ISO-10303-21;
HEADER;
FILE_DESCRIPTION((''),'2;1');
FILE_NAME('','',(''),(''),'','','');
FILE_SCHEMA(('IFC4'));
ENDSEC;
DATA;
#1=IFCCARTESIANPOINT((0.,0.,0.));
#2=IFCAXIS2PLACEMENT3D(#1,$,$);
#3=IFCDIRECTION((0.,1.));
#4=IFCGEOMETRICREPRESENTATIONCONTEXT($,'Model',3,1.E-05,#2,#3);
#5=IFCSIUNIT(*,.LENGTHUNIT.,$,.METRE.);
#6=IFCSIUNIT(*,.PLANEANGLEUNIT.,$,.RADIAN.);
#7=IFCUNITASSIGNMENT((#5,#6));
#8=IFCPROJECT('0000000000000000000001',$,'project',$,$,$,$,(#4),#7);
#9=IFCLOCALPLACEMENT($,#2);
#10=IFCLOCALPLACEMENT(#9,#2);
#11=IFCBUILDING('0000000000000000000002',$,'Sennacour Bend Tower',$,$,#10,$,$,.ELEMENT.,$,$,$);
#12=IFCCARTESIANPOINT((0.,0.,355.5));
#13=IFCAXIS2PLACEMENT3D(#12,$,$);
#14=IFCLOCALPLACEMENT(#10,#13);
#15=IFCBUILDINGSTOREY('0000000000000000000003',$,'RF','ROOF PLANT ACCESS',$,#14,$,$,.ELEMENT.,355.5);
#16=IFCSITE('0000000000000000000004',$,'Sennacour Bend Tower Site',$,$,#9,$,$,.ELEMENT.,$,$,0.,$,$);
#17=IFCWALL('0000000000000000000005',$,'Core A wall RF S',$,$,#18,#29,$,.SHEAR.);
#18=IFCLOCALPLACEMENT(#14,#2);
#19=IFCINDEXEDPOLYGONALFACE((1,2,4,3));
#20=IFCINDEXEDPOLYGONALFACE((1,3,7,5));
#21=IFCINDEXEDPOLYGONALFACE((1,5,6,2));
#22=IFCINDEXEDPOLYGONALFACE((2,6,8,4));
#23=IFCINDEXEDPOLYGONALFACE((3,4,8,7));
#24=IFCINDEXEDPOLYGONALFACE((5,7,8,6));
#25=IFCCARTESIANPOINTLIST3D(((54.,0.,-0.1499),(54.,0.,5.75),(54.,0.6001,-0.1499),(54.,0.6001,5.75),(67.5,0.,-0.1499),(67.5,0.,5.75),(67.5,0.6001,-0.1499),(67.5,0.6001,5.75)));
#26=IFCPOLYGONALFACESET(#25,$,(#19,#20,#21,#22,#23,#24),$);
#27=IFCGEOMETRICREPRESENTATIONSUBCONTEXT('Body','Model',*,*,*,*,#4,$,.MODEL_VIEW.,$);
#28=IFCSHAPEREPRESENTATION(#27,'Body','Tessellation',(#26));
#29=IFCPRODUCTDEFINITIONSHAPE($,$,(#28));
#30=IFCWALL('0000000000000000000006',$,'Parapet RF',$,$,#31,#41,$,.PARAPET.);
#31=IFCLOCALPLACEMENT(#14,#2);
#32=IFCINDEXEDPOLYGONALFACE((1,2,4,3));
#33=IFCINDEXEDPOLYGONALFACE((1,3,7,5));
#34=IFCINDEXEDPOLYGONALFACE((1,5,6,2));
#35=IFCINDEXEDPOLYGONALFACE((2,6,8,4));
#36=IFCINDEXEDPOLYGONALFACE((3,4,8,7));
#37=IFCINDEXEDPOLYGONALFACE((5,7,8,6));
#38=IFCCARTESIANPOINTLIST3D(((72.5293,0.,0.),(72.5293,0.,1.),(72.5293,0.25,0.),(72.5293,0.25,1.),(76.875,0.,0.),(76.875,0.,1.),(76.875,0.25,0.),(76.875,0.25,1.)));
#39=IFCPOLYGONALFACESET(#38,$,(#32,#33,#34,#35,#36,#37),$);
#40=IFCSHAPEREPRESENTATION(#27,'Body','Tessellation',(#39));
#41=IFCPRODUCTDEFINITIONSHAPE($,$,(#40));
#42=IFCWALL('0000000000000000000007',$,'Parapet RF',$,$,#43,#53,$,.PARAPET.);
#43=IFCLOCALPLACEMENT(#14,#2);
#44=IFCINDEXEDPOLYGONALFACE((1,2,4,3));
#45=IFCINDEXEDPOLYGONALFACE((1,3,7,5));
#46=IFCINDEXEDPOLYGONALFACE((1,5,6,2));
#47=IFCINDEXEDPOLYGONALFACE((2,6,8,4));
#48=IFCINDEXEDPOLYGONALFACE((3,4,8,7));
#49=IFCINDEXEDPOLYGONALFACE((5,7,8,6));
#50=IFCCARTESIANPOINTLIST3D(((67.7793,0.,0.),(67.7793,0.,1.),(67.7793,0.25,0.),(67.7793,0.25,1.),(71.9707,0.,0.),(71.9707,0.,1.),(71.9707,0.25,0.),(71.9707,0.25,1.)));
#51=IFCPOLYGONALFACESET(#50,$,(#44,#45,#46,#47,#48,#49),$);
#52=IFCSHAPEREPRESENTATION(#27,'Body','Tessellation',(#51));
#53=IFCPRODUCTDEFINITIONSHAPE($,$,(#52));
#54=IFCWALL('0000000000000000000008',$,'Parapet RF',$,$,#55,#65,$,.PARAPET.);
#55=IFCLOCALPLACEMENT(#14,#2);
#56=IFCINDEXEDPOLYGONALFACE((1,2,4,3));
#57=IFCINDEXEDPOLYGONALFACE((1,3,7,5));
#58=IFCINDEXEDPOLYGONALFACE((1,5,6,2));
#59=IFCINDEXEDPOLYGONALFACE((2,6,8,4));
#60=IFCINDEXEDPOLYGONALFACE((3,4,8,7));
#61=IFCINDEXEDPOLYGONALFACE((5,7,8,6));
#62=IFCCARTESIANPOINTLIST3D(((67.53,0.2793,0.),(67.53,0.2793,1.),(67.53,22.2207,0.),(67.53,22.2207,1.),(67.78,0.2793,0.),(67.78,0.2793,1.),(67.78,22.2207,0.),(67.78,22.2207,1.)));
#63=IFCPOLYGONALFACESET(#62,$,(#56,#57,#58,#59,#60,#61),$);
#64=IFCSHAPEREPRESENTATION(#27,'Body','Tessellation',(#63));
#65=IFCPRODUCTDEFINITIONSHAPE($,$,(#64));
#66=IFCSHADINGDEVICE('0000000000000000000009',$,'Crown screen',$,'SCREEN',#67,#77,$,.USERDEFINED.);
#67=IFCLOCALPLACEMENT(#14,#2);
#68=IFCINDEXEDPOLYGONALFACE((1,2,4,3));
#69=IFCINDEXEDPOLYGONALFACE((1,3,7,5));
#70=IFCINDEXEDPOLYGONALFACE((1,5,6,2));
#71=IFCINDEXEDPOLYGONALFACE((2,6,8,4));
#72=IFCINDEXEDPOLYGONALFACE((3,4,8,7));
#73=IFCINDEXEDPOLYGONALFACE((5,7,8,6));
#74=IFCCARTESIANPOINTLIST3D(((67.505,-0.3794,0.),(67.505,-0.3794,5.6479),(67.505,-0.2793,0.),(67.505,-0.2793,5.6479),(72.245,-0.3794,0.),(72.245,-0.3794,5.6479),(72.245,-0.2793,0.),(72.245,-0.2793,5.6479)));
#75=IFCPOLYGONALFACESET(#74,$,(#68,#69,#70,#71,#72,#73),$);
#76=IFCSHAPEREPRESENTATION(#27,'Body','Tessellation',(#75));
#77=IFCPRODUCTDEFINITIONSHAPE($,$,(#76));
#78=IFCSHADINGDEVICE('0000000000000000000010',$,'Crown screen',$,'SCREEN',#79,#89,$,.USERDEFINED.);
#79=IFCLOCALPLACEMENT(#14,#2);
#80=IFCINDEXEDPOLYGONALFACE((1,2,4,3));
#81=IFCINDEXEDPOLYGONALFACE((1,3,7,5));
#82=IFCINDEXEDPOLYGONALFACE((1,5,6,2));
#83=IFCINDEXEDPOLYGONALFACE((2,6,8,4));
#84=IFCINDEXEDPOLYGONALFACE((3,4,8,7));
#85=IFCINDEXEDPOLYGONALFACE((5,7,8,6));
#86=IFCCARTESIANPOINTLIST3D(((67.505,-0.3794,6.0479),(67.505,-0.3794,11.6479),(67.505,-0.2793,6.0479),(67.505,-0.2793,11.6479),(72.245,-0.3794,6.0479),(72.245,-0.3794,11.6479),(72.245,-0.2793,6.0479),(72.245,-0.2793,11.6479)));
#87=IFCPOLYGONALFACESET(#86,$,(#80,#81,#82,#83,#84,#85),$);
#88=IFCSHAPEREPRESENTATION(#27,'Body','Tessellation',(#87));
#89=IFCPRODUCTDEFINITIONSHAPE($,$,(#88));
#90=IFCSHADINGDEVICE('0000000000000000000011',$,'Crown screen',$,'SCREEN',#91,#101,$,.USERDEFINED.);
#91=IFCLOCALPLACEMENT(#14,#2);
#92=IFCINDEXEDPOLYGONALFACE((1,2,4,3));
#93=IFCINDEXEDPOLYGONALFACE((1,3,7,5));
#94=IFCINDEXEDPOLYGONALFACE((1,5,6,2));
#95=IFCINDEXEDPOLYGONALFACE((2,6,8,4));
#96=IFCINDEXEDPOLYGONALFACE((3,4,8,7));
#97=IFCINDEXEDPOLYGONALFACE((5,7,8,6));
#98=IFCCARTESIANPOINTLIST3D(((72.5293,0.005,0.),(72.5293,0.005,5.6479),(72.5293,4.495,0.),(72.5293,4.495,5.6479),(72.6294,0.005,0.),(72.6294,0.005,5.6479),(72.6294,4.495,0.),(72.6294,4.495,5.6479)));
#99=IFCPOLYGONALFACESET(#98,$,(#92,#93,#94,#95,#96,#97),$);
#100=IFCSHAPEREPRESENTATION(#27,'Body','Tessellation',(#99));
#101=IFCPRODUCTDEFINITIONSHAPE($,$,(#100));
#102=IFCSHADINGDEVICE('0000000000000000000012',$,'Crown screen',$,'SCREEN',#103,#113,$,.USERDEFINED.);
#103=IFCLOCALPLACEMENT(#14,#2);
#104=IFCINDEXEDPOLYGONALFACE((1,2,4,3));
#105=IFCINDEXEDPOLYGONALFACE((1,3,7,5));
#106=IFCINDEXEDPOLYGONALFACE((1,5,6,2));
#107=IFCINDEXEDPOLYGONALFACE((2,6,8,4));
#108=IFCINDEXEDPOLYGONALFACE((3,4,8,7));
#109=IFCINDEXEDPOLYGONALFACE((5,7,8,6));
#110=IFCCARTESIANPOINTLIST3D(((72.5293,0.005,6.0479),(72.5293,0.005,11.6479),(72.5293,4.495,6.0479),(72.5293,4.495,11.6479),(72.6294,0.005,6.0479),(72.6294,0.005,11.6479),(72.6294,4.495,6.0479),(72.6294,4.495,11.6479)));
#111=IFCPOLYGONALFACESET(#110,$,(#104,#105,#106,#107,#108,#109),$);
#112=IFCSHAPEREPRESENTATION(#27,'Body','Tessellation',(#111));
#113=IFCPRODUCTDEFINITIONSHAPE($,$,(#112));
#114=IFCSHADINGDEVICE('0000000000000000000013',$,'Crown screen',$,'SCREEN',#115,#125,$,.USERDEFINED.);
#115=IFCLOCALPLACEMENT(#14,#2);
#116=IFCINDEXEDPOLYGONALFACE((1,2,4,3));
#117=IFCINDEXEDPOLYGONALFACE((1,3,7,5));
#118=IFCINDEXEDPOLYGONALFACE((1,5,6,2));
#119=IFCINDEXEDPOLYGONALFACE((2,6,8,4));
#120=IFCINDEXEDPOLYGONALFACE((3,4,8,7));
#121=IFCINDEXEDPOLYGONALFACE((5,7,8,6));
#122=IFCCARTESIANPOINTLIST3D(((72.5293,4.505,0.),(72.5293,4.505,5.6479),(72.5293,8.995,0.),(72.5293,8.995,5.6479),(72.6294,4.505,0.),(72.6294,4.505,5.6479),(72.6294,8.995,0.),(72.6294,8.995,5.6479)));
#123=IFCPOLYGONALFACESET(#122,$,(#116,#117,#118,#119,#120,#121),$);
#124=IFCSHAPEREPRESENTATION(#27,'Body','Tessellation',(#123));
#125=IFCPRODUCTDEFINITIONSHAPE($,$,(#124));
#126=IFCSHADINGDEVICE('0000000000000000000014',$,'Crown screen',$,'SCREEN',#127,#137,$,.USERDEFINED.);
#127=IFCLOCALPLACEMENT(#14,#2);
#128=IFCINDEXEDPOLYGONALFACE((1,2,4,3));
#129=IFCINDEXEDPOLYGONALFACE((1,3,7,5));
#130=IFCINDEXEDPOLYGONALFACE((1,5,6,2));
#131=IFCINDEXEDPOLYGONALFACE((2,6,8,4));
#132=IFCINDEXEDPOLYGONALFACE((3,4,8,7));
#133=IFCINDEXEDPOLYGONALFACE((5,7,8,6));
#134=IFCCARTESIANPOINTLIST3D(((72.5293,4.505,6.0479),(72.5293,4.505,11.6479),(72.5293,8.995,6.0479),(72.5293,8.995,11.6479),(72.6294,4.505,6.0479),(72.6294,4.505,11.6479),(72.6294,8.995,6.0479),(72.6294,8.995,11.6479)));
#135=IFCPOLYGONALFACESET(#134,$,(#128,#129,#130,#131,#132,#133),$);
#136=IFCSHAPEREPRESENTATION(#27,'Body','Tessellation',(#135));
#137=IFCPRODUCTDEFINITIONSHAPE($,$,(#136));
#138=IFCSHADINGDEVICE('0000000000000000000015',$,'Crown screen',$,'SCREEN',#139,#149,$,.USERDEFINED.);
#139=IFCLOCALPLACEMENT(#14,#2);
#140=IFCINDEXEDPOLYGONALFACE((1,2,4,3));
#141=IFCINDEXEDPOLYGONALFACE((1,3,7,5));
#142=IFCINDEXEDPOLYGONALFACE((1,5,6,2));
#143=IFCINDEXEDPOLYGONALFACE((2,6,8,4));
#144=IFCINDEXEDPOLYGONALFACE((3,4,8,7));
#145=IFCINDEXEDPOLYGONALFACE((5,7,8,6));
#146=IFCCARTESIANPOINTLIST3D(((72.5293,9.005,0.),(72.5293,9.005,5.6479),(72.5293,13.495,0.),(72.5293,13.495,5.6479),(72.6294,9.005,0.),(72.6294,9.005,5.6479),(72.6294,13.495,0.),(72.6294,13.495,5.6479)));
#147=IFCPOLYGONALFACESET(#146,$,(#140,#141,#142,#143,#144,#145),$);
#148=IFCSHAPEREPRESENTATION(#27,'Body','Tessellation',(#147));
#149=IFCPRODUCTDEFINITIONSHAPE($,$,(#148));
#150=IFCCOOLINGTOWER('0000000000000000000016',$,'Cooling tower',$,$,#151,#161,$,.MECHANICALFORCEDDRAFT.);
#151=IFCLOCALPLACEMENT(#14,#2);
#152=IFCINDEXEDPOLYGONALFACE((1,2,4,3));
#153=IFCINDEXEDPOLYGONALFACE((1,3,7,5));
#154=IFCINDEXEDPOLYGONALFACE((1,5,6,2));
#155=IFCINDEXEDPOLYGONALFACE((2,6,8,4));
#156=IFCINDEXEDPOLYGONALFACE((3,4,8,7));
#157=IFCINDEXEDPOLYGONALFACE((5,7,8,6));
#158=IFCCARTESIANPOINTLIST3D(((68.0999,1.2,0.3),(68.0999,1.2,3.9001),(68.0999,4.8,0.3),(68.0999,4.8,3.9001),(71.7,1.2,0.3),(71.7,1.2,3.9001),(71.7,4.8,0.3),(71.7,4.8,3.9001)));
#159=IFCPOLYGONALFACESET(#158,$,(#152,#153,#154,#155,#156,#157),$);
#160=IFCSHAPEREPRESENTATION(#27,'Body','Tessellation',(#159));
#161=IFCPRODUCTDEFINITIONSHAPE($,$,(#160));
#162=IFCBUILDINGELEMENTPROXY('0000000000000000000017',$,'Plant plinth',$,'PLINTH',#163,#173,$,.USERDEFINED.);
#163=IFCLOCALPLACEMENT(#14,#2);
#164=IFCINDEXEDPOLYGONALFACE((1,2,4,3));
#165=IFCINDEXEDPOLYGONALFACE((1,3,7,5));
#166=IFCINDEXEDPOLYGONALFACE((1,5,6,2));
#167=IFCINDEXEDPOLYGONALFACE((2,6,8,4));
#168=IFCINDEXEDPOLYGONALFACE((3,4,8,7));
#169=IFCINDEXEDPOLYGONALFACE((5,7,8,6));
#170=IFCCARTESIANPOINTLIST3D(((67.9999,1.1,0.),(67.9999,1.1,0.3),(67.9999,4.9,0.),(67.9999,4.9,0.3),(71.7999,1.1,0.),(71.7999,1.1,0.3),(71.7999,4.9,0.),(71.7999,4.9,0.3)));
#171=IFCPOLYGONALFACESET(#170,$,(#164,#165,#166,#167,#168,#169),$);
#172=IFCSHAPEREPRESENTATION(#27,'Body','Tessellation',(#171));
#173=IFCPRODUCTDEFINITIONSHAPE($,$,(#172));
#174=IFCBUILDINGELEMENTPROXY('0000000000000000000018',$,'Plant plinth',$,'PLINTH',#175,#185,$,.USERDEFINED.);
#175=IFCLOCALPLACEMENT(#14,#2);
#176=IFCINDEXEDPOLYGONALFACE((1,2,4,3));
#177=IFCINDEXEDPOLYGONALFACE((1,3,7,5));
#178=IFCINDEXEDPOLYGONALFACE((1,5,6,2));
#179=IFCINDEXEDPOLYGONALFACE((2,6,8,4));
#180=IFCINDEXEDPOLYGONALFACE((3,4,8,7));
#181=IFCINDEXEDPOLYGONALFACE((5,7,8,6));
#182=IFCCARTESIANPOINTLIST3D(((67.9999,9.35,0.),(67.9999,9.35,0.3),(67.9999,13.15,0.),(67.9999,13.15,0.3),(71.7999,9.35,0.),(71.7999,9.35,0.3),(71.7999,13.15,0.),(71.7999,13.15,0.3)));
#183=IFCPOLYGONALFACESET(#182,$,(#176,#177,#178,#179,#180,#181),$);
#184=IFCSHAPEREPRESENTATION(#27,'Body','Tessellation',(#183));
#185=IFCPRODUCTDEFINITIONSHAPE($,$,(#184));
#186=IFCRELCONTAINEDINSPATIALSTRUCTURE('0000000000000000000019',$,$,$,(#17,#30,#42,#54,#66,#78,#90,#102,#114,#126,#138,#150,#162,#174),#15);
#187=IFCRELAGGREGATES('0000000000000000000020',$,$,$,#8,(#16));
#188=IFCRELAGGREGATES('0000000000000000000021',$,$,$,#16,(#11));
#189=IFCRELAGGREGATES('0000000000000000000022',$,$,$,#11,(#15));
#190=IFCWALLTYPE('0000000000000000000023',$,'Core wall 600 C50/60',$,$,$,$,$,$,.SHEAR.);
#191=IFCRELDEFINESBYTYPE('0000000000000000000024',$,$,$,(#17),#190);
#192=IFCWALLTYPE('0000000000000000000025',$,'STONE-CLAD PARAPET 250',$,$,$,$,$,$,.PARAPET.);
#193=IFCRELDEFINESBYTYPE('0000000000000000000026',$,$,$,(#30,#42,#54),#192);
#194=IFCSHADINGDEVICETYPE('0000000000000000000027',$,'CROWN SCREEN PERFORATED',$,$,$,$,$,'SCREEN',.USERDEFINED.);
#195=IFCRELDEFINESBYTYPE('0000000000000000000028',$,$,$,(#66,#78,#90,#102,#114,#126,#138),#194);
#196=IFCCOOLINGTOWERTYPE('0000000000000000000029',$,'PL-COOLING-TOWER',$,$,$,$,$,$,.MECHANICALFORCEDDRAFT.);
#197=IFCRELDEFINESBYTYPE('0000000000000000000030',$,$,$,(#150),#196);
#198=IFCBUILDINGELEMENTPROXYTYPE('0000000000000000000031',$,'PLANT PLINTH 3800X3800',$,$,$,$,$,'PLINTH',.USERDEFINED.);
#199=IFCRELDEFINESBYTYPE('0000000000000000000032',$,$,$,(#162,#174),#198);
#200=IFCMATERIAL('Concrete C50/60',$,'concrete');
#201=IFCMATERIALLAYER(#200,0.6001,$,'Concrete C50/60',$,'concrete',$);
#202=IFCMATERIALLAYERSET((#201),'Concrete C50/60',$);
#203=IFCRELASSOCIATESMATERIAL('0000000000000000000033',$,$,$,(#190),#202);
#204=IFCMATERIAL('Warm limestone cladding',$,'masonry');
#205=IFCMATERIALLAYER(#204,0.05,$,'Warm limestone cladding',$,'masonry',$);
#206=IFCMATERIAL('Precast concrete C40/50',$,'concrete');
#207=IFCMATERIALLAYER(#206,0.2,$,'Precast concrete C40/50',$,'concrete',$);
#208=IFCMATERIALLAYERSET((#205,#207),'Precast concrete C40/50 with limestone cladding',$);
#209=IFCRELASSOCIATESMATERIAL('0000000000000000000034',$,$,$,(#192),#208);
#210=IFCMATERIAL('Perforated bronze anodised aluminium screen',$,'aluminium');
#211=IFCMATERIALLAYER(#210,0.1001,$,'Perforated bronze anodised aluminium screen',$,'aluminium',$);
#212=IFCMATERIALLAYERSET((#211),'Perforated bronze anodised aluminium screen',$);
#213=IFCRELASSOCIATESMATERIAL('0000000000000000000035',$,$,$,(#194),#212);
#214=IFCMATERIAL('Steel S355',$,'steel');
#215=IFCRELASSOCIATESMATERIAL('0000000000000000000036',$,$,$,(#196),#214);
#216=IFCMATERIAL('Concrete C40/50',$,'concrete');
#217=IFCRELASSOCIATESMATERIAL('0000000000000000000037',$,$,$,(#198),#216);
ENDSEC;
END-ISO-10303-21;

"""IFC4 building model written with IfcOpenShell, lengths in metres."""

from ifc_helpers import new_model, si_unit, direction, frame, frame_2d, origin, origin_2d, place, context, subcontext, project, spatial, rectangle, extrude, material, layer, layer_set, type_object, element, save


model = new_model("IFC4")

# Units and contexts
model_context = context("Model", 3, precision=1e-05, world=origin(), true_north=direction((0.0, 1.0)))
body_context = subcontext(model_context, "Body", "Model", "MODEL_VIEW")
ifc_project = project(units=[si_unit("LENGTHUNIT", "METRE"), si_unit("PLANEANGLEUNIT", "RADIAN")], contexts=[model_context])

# Site, building, storey
site_placement = place(None, origin())
site = spatial("IfcSite", under=ifc_project, at=site_placement, Name="Sennacour Bend Tower Site", CompositionType="ELEMENT", RefElevation=0.0)
building_placement = place(site_placement, origin())
building = spatial("IfcBuilding", under=site, at=building_placement, Name="Sennacour Bend Tower", CompositionType="ELEMENT")
storey_placement = place(building_placement, frame((0.0, 0.0, 355.5)))
storey = spatial("IfcBuildingStorey", under=building, at=storey_placement, Name="RF", Description="ROOF PLANT ACCESS", CompositionType="ELEMENT", Elevation=355.5)

# Walls
ifc_material_1 = material(Name="Concrete C50/60", Category="concrete")
ifc_layer_1 = layer(ifc_material_1, 0.6001, Name="Concrete C50/60", Category="concrete")
ifc_layer_set_1 = layer_set([ifc_layer_1], Name="Concrete C50/60")
wall_type_1 = type_object("IfcWallType", Name="Core wall 600 C50/60", PredefinedType="SHEAR", material=ifc_layer_set_1)
wall_1_placement = place(storey_placement, frame((67.5, 0.3, -0.1499), z_axis=(0.0, 0.0, 1.0), x_axis=(-1.0, 0.0, 0.0)))
element("IfcWall", 1, at=wall_1_placement, inside=storey, type_object=wall_type_1, Name="Core A wall RF S", PredefinedType="SHEAR", context=body_context, shape_type="SweptSolid", body=[
    extrude(rectangle(XDim=13.5, YDim=0.6001, at=frame_2d((6.75, 0.0))), origin(), (0.0, 0.0, 1.0), 5.8999),
])
ifc_material_2 = material(Name="Warm limestone cladding", Category="masonry")
ifc_layer_2 = layer(ifc_material_2, 0.05, Name="Warm limestone cladding", Category="masonry")
ifc_material_3 = material(Name="Precast concrete C40/50", Category="concrete")
ifc_layer_3 = layer(ifc_material_3, 0.2, Name="Precast concrete C40/50", Category="concrete")
ifc_layer_set_2 = layer_set([ifc_layer_2, ifc_layer_3], Name="Precast concrete C40/50 with limestone cladding")
wall_type_2 = type_object("IfcWallType", Name="STONE-CLAD PARAPET 250", PredefinedType="PARAPET", material=ifc_layer_set_2)
wall_2_placement = place(storey_placement, frame((76.875, 0.125, 0.0), z_axis=(0.0, 0.0, 1.0), x_axis=(-1.0, 0.0, 0.0)))
element("IfcWall", 2, at=wall_2_placement, inside=storey, type_object=wall_type_2, Name="Parapet RF", PredefinedType="PARAPET", context=body_context, shape_type="SweptSolid", body=[
    extrude(rectangle(XDim=4.3457, YDim=0.25, at=frame_2d((2.1729, 0.0))), origin(), (0.0, 0.0, 1.0), 1.0),
])
wall_3_placement = place(storey_placement, frame((71.9707, 0.125, 0.0), z_axis=(0.0, 0.0, 1.0), x_axis=(-1.0, 0.0, 0.0)))
element("IfcWall", 3, at=wall_3_placement, inside=storey, type_object=wall_type_2, Name="Parapet RF", PredefinedType="PARAPET", context=body_context, shape_type="SweptSolid", body=[
    extrude(rectangle(XDim=4.1914, YDim=0.25, at=frame_2d((2.0957, 0.0))), origin(), (0.0, 0.0, 1.0), 1.0),
])
wall_4_placement = place(storey_placement, frame((67.655, 0.2793, 0.0), z_axis=(0.0, 0.0, 1.0), x_axis=(0.0, 1.0, 0.0)))
element("IfcWall", 4, at=wall_4_placement, inside=storey, type_object=wall_type_2, Name="Parapet RF", PredefinedType="PARAPET", context=body_context, shape_type="SweptSolid", body=[
    extrude(rectangle(XDim=21.9414, YDim=0.25, at=frame_2d((10.9707, 0.0))), origin(), (0.0, 0.0, 1.0), 1.0),
])

# Shading devices
ifc_material_4 = material(Name="Perforated bronze anodised aluminium screen", Category="aluminium")
ifc_layer_4 = layer(ifc_material_4, 0.1001, Name="Perforated bronze anodised aluminium screen", Category="aluminium")
ifc_layer_set_3 = layer_set([ifc_layer_4], Name="Perforated bronze anodised aluminium screen")
shading_device_type = type_object("IfcShadingDeviceType", Name="CROWN SCREEN PERFORATED", ElementType="SCREEN", PredefinedType="USERDEFINED", material=ifc_layer_set_3)
shading_device_1_placement = place(storey_placement, frame((69.875, -0.3293, 0.0), z_axis=(0.0, 0.0, 1.0), x_axis=(1.0, 0.0, 0.0)))
element("IfcShadingDevice", 5, at=shading_device_1_placement, inside=storey, type_object=shading_device_type, Name="Crown screen", ObjectType="SCREEN", PredefinedType="USERDEFINED", context=body_context, shape_type="SweptSolid", body=[
    extrude(rectangle(XDim=4.74, YDim=0.1001, at=origin_2d()), origin(), (0.0, 0.0, 1.0), 5.6479),
])
shading_device_2_placement = place(storey_placement, frame((69.875, -0.3293, 6.0479), z_axis=(0.0, 0.0, 1.0), x_axis=(1.0, 0.0, 0.0)))
element("IfcShadingDevice", 6, at=shading_device_2_placement, inside=storey, type_object=shading_device_type, Name="Crown screen", ObjectType="SCREEN", PredefinedType="USERDEFINED", context=body_context, shape_type="SweptSolid", body=[
    extrude(rectangle(XDim=4.74, YDim=0.1001, at=origin_2d()), origin(), (0.0, 0.0, 1.0), 5.6001),
])
shading_device_3_placement = place(storey_placement, frame((72.5793, 2.25, 0.0), z_axis=(0.0, 0.0, 1.0), x_axis=(0.0, 1.0, 0.0)))
element("IfcShadingDevice", 7, at=shading_device_3_placement, inside=storey, type_object=shading_device_type, Name="Crown screen", ObjectType="SCREEN", PredefinedType="USERDEFINED", context=body_context, shape_type="SweptSolid", body=[
    extrude(rectangle(XDim=4.49, YDim=0.1001, at=origin_2d()), origin(), (0.0, 0.0, 1.0), 5.6479),
])
shading_device_4_placement = place(storey_placement, frame((72.5793, 2.25, 6.0479), z_axis=(0.0, 0.0, 1.0), x_axis=(0.0, 1.0, 0.0)))
element("IfcShadingDevice", 8, at=shading_device_4_placement, inside=storey, type_object=shading_device_type, Name="Crown screen", ObjectType="SCREEN", PredefinedType="USERDEFINED", context=body_context, shape_type="SweptSolid", body=[
    extrude(rectangle(XDim=4.49, YDim=0.1001, at=origin_2d()), origin(), (0.0, 0.0, 1.0), 5.6001),
])
shading_device_5_placement = place(storey_placement, frame((72.5793, 6.75, 0.0), z_axis=(0.0, 0.0, 1.0), x_axis=(0.0, 1.0, 0.0)))
element("IfcShadingDevice", 9, at=shading_device_5_placement, inside=storey, type_object=shading_device_type, Name="Crown screen", ObjectType="SCREEN", PredefinedType="USERDEFINED", context=body_context, shape_type="SweptSolid", body=[
    extrude(rectangle(XDim=4.49, YDim=0.1001, at=origin_2d()), origin(), (0.0, 0.0, 1.0), 5.6479),
])
shading_device_6_placement = place(storey_placement, frame((72.5793, 6.75, 6.0479), z_axis=(0.0, 0.0, 1.0), x_axis=(0.0, 1.0, 0.0)))
element("IfcShadingDevice", 10, at=shading_device_6_placement, inside=storey, type_object=shading_device_type, Name="Crown screen", ObjectType="SCREEN", PredefinedType="USERDEFINED", context=body_context, shape_type="SweptSolid", body=[
    extrude(rectangle(XDim=4.49, YDim=0.1001, at=origin_2d()), origin(), (0.0, 0.0, 1.0), 5.6001),
])
shading_device_7_placement = place(storey_placement, frame((72.5793, 11.25, 0.0), z_axis=(0.0, 0.0, 1.0), x_axis=(0.0, 1.0, 0.0)))
element("IfcShadingDevice", 11, at=shading_device_7_placement, inside=storey, type_object=shading_device_type, Name="Crown screen", ObjectType="SCREEN", PredefinedType="USERDEFINED", context=body_context, shape_type="SweptSolid", body=[
    extrude(rectangle(XDim=4.49, YDim=0.1001, at=origin_2d()), origin(), (0.0, 0.0, 1.0), 5.6479),
])

# Cooling tower
ifc_material_5 = material(Name="Steel S355", Category="steel")
cooling_tower_type = type_object("IfcCoolingTowerType", Name="PL-COOLING-TOWER", PredefinedType="MECHANICALFORCEDDRAFT", material=ifc_material_5)
cooling_tower_placement = place(storey_placement, frame((69.8999, 3.0, 0.3), z_axis=(0.0, 0.0, 1.0), x_axis=(1.0, 0.0, 0.0)))
element("IfcCoolingTower", 12, at=cooling_tower_placement, inside=storey, type_object=cooling_tower_type, Name="Cooling tower", PredefinedType="MECHANICALFORCEDDRAFT", context=body_context, shape_type="SweptSolid", body=[
    extrude(rectangle(XDim=3.6001, YDim=3.6001, at=origin_2d()), origin(), (0.0, 0.0, 1.0), 3.6001),
])

# Building element proxies
ifc_material_6 = material(Name="Concrete C40/50", Category="concrete")
building_element_proxy_type = type_object("IfcBuildingElementProxyType", Name="PLANT PLINTH 3800X3800", ElementType="PLINTH", PredefinedType="USERDEFINED", material=ifc_material_6)
for number, where, z_axis, x_axis, name in (
    (13, (69.8999, 3.0, 0.0), (0.0, 0.0, 1.0), (1.0, 0.0, 0.0), "Plant plinth"),
    (14, (69.8999, 11.25, 0.0), (0.0, 0.0, 1.0), (1.0, 0.0, 0.0), "Plant plinth"),
):
    element("IfcBuildingElementProxy", number, at=place(storey_placement, frame(where, z_axis=z_axis, x_axis=x_axis)), inside=storey, type_object=building_element_proxy_type, Name=name, ObjectType="PLINTH", PredefinedType="USERDEFINED", context=body_context, shape_type="SweptSolid", body=[
        extrude(rectangle(XDim=3.8, YDim=3.8, at=origin_2d()), origin(), (0.0, 0.0, 1.0), 0.3),
    ])

save(model, "model.ifc")
